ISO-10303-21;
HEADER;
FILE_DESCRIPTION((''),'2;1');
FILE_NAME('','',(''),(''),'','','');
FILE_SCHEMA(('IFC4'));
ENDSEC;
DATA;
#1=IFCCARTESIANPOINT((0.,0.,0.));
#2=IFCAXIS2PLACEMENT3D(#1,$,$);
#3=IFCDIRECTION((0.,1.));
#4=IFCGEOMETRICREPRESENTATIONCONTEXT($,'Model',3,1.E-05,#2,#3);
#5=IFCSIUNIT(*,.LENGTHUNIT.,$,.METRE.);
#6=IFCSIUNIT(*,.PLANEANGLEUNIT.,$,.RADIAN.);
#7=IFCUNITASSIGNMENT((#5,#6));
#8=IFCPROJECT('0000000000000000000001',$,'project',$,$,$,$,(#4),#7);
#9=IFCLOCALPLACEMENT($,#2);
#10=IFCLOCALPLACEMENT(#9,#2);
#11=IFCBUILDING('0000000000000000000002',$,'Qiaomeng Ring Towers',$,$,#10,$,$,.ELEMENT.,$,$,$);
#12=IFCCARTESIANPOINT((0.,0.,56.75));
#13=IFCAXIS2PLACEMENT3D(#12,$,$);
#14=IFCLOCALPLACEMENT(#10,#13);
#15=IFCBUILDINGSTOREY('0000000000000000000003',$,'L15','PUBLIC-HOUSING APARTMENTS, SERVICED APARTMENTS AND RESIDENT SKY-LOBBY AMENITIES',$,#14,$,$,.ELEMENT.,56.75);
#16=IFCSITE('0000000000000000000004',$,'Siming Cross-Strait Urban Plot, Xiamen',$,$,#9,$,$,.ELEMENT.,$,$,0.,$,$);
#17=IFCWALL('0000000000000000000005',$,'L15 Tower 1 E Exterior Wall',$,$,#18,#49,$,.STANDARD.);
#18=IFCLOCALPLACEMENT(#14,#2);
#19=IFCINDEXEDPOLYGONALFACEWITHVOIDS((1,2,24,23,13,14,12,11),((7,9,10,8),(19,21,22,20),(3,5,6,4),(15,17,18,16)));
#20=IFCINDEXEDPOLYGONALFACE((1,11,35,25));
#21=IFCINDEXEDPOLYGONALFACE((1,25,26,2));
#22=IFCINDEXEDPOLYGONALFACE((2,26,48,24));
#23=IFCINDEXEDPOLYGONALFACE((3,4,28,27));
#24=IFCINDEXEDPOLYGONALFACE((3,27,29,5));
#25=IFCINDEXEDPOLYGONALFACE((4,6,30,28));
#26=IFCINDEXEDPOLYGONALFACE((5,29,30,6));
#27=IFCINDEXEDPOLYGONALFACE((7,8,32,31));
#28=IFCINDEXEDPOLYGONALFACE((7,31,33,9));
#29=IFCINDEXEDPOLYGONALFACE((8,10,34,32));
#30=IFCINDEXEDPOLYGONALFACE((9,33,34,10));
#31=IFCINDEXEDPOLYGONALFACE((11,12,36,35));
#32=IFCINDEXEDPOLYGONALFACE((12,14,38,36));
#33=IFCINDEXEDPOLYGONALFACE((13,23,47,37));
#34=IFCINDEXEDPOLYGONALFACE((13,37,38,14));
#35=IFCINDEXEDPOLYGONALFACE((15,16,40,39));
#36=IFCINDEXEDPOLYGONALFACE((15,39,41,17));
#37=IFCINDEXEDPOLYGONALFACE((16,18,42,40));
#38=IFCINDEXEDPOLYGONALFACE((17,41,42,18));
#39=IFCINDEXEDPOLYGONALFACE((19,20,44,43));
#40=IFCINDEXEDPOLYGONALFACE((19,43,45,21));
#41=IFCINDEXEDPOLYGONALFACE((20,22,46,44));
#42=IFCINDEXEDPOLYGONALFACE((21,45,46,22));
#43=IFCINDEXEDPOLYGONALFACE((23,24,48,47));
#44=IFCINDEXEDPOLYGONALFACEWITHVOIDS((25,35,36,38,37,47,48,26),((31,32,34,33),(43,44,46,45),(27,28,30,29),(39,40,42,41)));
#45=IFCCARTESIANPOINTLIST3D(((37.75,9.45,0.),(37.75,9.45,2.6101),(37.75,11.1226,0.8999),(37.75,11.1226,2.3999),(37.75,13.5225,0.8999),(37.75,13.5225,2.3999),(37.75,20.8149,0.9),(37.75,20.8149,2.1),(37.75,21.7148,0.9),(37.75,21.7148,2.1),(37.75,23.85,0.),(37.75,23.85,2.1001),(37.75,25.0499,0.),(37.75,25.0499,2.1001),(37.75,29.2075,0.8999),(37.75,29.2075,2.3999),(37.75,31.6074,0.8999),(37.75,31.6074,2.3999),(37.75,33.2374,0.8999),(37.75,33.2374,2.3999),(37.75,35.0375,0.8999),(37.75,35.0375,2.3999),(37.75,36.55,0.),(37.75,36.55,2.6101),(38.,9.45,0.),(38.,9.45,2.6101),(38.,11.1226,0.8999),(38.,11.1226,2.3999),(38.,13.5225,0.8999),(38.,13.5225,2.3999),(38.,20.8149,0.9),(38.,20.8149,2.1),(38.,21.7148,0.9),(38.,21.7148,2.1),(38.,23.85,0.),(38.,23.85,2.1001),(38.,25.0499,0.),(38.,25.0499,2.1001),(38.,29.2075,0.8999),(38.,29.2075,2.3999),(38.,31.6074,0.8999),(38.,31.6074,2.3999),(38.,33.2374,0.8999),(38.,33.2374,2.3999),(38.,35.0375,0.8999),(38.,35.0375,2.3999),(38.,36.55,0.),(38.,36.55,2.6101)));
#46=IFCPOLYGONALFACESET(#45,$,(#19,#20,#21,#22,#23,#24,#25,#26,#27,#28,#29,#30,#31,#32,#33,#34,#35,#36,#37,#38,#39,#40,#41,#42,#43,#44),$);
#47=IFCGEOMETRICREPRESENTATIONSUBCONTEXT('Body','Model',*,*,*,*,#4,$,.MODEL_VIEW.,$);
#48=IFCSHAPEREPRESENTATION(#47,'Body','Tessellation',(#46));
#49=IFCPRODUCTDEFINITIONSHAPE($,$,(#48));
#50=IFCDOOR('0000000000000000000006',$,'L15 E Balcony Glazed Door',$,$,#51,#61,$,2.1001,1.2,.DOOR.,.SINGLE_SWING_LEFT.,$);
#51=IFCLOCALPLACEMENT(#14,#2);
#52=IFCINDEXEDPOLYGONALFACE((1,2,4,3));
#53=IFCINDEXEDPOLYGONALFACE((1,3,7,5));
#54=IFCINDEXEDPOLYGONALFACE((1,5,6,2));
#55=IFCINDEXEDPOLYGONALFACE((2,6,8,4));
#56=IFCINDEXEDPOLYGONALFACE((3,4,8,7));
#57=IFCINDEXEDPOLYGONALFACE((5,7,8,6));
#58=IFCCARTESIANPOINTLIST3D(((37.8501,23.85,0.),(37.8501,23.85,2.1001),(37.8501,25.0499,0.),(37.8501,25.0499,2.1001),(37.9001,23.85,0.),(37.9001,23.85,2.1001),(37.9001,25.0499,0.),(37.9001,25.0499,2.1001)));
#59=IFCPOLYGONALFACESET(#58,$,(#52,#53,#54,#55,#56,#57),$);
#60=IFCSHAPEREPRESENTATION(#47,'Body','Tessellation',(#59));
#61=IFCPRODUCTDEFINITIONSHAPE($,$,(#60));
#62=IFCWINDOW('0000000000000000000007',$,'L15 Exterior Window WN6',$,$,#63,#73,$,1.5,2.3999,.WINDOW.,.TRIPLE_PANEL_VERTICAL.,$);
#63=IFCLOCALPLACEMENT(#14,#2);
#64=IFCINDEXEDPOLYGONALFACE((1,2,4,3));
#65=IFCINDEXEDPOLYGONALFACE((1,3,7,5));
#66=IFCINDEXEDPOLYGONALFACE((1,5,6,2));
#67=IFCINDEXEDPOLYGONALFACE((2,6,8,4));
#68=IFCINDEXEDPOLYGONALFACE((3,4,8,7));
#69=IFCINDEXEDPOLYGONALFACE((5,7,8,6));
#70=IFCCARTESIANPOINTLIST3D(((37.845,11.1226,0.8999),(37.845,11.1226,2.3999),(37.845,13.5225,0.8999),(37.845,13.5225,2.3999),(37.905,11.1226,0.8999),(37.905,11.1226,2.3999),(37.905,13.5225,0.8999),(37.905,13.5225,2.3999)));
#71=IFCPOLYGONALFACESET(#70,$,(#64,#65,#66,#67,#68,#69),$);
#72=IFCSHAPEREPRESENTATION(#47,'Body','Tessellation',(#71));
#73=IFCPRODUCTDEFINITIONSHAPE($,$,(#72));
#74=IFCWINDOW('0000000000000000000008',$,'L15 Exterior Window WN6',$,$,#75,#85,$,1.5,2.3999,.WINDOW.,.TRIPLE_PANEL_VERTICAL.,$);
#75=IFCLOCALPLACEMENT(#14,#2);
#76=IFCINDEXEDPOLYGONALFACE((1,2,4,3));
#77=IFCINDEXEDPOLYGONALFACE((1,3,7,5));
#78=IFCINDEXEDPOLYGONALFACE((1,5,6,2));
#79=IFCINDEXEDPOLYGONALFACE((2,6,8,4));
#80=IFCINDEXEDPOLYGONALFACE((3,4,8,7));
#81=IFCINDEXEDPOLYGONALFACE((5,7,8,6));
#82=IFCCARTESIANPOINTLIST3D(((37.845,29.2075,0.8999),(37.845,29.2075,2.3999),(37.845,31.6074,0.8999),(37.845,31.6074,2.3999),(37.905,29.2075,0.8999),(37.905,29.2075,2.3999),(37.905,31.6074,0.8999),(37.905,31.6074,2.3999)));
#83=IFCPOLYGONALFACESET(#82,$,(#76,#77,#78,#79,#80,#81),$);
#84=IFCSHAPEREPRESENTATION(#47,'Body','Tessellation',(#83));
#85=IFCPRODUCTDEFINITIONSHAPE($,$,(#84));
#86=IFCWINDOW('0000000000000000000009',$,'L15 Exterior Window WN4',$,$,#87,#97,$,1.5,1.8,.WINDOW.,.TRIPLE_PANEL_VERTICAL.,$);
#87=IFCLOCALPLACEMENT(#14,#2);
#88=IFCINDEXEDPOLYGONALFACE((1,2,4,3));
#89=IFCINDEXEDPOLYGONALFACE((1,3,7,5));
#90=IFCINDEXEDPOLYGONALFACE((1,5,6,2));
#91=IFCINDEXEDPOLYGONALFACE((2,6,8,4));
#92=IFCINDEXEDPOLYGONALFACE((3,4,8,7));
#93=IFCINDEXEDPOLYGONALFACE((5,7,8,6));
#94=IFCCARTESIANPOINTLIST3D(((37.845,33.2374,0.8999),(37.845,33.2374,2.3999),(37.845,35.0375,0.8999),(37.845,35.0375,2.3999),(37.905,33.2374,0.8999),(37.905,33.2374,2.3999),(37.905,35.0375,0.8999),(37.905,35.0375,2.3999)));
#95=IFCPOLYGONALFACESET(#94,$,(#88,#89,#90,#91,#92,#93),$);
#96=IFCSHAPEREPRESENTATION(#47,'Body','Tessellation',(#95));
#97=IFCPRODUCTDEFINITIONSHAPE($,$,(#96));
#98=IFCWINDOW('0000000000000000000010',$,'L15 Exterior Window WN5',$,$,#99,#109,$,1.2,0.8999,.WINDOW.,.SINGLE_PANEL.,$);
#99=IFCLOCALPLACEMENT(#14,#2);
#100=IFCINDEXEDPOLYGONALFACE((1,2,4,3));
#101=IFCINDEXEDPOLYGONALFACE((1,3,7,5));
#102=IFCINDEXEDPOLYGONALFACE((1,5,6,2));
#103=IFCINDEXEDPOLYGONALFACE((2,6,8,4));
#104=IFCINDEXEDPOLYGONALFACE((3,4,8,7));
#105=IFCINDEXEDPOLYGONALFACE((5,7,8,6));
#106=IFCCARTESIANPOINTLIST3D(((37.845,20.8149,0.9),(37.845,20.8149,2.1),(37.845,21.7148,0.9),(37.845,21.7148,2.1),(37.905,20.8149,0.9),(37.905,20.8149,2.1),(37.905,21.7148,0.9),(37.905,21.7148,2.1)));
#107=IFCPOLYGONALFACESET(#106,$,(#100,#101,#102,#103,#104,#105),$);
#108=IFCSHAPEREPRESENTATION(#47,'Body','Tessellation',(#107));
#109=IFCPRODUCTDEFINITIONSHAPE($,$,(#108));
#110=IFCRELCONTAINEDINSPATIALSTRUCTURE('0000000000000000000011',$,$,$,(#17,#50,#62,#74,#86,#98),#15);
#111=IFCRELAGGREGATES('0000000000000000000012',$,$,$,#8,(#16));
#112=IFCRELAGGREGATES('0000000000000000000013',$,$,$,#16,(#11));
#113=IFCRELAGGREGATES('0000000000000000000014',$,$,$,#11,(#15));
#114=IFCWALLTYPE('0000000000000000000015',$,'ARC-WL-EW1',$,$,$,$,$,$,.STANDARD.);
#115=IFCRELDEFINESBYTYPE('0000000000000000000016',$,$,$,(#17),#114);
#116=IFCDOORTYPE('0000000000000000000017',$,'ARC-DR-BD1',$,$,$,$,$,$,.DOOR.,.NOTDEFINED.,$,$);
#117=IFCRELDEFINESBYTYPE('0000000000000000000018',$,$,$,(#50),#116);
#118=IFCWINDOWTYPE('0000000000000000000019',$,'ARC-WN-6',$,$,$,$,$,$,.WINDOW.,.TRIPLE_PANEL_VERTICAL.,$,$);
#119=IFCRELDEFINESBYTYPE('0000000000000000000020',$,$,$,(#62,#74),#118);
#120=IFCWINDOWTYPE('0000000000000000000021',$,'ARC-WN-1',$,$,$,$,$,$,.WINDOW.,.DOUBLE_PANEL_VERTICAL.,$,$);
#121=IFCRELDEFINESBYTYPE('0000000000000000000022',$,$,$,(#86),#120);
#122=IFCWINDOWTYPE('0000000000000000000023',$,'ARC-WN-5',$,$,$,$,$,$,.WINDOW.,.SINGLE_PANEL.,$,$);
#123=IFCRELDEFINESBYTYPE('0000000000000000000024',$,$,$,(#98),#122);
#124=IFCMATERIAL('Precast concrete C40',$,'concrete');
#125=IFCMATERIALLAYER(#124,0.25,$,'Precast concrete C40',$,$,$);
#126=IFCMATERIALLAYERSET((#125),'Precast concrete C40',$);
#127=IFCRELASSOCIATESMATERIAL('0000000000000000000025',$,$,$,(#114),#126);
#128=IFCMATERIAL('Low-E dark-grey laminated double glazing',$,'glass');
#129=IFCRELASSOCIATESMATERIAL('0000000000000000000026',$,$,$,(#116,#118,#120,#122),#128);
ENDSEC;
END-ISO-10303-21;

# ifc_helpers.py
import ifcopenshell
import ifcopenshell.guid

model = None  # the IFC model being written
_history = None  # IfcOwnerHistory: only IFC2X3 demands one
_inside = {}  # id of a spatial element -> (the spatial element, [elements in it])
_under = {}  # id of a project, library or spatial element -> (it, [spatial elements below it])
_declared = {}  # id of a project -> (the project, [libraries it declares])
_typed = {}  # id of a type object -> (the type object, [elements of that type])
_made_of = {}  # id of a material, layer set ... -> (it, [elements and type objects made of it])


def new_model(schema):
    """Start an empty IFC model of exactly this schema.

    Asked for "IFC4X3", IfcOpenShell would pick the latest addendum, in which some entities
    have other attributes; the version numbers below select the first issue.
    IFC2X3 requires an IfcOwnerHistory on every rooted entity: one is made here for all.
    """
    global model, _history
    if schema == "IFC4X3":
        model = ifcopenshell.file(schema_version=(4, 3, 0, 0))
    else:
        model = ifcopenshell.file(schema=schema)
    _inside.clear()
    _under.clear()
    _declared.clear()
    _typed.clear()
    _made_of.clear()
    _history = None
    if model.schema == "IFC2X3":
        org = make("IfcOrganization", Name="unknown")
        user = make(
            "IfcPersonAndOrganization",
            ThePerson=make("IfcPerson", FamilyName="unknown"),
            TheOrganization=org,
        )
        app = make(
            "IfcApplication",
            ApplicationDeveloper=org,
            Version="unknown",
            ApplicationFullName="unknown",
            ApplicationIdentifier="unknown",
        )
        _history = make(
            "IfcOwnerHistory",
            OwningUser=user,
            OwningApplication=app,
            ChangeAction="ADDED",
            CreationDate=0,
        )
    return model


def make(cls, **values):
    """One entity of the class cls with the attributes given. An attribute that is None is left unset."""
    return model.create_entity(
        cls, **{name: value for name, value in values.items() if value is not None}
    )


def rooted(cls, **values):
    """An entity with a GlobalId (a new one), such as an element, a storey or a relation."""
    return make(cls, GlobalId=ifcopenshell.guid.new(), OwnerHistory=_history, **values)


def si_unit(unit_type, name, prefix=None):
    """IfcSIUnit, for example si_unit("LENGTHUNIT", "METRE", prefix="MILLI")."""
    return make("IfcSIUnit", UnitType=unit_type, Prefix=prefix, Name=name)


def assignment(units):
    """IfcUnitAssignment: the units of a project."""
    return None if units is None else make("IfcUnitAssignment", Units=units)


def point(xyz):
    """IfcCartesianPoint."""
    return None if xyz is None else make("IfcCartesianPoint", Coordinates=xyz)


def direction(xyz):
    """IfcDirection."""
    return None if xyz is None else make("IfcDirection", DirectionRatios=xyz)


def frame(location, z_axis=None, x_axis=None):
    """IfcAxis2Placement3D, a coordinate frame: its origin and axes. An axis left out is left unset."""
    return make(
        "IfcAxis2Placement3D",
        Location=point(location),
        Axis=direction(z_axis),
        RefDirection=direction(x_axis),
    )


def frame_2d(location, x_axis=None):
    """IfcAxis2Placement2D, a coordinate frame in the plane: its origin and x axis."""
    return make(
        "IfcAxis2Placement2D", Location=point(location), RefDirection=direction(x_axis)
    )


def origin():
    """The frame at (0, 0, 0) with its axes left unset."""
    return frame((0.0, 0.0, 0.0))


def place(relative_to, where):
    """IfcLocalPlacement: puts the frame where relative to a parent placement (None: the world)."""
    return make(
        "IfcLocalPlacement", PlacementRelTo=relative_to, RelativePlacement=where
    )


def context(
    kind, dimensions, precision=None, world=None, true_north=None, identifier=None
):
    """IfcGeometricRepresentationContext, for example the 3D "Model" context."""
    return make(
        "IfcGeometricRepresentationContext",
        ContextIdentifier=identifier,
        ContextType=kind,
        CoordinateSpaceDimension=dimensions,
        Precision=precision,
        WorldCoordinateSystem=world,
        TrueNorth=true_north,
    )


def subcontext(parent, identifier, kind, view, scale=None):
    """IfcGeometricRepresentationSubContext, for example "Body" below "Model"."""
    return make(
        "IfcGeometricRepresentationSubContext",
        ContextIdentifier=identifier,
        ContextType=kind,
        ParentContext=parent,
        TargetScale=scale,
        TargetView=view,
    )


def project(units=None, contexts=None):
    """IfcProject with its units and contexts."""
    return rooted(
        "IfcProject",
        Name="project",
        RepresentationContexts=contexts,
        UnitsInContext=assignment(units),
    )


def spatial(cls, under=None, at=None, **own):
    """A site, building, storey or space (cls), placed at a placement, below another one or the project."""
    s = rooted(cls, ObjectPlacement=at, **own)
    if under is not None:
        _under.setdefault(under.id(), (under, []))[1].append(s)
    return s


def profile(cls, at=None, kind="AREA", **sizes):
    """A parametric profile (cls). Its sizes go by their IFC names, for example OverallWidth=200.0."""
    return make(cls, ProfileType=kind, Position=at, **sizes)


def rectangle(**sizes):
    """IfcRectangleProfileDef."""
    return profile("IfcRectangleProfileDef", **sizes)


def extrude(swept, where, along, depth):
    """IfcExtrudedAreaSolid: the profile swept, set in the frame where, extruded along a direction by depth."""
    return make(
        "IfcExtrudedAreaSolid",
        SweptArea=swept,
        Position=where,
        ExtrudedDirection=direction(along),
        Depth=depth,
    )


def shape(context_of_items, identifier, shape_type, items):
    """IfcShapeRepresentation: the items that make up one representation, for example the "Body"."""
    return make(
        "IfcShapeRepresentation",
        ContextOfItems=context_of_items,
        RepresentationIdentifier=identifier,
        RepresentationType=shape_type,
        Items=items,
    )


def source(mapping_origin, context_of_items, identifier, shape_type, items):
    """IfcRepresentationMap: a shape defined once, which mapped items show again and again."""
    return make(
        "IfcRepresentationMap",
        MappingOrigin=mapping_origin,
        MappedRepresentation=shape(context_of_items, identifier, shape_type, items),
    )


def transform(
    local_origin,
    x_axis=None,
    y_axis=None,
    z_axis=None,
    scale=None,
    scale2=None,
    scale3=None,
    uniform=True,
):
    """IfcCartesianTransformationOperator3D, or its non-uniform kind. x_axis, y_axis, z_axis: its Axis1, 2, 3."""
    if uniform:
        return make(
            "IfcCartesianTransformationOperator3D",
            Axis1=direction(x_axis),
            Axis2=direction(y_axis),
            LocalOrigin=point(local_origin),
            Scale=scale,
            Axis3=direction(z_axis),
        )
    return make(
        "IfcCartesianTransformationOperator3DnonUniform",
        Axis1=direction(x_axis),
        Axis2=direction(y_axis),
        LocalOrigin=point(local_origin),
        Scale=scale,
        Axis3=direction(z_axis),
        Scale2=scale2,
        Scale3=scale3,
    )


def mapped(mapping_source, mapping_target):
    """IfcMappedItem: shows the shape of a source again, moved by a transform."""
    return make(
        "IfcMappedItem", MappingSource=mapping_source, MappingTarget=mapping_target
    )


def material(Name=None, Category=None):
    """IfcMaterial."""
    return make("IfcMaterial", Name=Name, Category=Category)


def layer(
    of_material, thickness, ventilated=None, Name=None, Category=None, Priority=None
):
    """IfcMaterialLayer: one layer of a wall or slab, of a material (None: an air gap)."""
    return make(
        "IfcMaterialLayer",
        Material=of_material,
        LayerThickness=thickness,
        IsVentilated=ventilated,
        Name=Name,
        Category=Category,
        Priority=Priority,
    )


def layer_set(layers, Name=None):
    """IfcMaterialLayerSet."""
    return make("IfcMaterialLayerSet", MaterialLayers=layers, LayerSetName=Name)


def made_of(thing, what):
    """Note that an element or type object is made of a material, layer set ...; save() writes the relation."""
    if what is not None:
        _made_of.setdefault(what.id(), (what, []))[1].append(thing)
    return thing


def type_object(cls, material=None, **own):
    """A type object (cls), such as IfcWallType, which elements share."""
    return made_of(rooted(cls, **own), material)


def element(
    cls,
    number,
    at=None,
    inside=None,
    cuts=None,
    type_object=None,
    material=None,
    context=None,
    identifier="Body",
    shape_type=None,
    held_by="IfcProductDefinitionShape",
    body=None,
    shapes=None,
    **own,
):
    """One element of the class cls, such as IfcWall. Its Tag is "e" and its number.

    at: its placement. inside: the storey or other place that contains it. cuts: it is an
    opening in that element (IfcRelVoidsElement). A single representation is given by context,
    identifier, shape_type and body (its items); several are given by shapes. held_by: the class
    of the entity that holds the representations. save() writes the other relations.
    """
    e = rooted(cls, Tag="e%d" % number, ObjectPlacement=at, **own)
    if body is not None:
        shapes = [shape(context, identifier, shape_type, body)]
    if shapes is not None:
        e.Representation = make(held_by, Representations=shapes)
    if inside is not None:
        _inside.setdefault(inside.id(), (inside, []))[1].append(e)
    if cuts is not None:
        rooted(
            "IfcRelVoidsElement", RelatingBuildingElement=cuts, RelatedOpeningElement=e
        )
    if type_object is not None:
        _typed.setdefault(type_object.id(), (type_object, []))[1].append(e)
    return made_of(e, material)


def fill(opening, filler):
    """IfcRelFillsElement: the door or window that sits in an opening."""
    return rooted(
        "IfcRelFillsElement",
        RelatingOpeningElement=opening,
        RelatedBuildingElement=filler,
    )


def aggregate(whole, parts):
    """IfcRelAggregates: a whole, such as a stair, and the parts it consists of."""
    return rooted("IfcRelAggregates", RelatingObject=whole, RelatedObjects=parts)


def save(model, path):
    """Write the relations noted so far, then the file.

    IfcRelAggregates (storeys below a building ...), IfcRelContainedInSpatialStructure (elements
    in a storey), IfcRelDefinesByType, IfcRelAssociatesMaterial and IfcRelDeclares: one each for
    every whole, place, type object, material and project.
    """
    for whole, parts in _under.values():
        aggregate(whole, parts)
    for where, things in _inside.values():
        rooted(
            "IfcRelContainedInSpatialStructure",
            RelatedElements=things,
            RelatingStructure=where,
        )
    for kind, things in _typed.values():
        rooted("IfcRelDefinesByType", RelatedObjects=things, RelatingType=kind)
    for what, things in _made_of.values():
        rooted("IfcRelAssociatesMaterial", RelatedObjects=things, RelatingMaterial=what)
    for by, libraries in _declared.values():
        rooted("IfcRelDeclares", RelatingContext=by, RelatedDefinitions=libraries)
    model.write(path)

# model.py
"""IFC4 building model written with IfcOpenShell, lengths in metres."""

from ifc_helpers import new_model, si_unit, direction, frame, frame_2d, origin, place, context, subcontext, project, spatial, rectangle, extrude, source, transform, mapped, material, layer, layer_set, type_object, element, fill, save


model = new_model("IFC4")

# Units and contexts
model_context = context("Model", 3, precision=1e-05, world=origin(), true_north=direction((0.0, 1.0)))
body_context = subcontext(model_context, "Body", "Model", "MODEL_VIEW")
ifc_project = project(units=[si_unit("LENGTHUNIT", "METRE"), si_unit("PLANEANGLEUNIT", "RADIAN")], contexts=[model_context])

# Site, building, storey
site_placement = place(None, origin())
site = spatial("IfcSite", under=ifc_project, at=site_placement, Name="Siming Cross-Strait Urban Plot, Xiamen", CompositionType="ELEMENT", RefElevation=0.0)
building_placement = place(site_placement, origin())
building = spatial("IfcBuilding", under=site, at=building_placement, Name="Qiaomeng Ring Towers", CompositionType="ELEMENT")
storey_placement = place(building_placement, frame((0.0, 0.0, 56.75)))
storey = spatial("IfcBuildingStorey", under=building, at=storey_placement, Name="L15", Description="PUBLIC-HOUSING APARTMENTS, SERVICED APARTMENTS AND RESIDENT SKY-LOBBY AMENITIES", CompositionType="ELEMENT", Elevation=56.75)

# Shared definitions
ifc_material_1 = material(Name="Low-E dark-grey laminated double glazing", Category="glass")

# Wall, openings, door, windows
ifc_material_2 = material(Name="Precast concrete C40", Category="concrete")
ifc_layer_1 = layer(ifc_material_2, 0.25, Name="Precast concrete C40")
ifc_layer_set_1 = layer_set([ifc_layer_1], Name="Precast concrete C40")
wall_type_1 = type_object("IfcWallType", Name="ARC-WL-EW1", PredefinedType="STANDARD", material=ifc_layer_set_1)
wall_1_placement = place(storey_placement, frame((37.875, 9.45, 0.0), z_axis=(0.0, 0.0, 1.0), x_axis=(0.0, 1.0, 0.0)))
wall_1 = element("IfcWall", 1, at=wall_1_placement, inside=storey, type_object=wall_type_1, Name="L15 Tower 1 E Exterior Wall", PredefinedType="STANDARD", context=body_context, shape_type="SweptSolid", body=[
    extrude(rectangle(XDim=27.1001, YDim=0.25, at=frame_2d((13.55, 0.0))), origin(), (0.0, 0.0, 1.0), 2.6101),
])
opening_1_placement = place(wall_1_placement, frame((14.3999, 0.0, 0.0)))
opening_1 = element("IfcOpeningElement", 2, at=opening_1_placement, cuts=wall_1, PredefinedType="OPENING", context=body_context, shape_type="SweptSolid", body=[
    extrude(rectangle(XDim=1.2, YDim=2.1001, at=frame_2d((0.6001, 1.05))), frame((0.0, 0.135, 0.0), z_axis=(0.0, -1.0, 0.0), x_axis=(1.0, 0.0, 0.0)), (0.0, 0.0, 1.0), 0.27),
])
opening_2_placement = place(wall_1_placement, frame((1.6726, 0.0, 0.8999)))
opening_2 = element("IfcOpeningElement", 3, at=opening_2_placement, cuts=wall_1, PredefinedType="OPENING", context=body_context, shape_type="SweptSolid", body=[
    extrude(rectangle(XDim=2.3999, YDim=1.5, at=frame_2d((1.2, 0.75))), frame((0.0, 0.135, 0.0), z_axis=(0.0, -1.0, 0.0), x_axis=(1.0, 0.0, 0.0)), (0.0, 0.0, 1.0), 0.27),
])
opening_3_placement = place(wall_1_placement, frame((23.7876, 0.0, 0.8999)))
opening_3 = element("IfcOpeningElement", 4, at=opening_3_placement, cuts=wall_1, PredefinedType="OPENING", context=body_context, shape_type="SweptSolid", body=[
    extrude(rectangle(XDim=1.8, YDim=1.5, at=frame_2d((0.8999, 0.75))), frame((0.0, 0.135, 0.0), z_axis=(0.0, -1.0, 0.0), x_axis=(1.0, 0.0, 0.0)), (0.0, 0.0, 1.0), 0.27),
])
opening_4_placement = place(wall_1_placement, frame((19.7576, 0.0, 0.8999)))
opening_4 = element("IfcOpeningElement", 5, at=opening_4_placement, cuts=wall_1, PredefinedType="OPENING", context=body_context, shape_type="SweptSolid", body=[
    extrude(rectangle(XDim=2.3999, YDim=1.5, at=frame_2d((1.2, 0.75))), frame((0.0, 0.135, 0.0), z_axis=(0.0, -1.0, 0.0), x_axis=(1.0, 0.0, 0.0)), (0.0, 0.0, 1.0), 0.27),
])
opening_5_placement = place(wall_1_placement, frame((11.365, 0.0, 0.8999)))
opening_5 = element("IfcOpeningElement", 6, at=opening_5_placement, cuts=wall_1, PredefinedType="OPENING", context=body_context, shape_type="SweptSolid", body=[
    extrude(rectangle(XDim=0.8999, YDim=1.2, at=frame_2d((0.45, 0.6001))), frame((0.0, 0.135, 0.0), z_axis=(0.0, -1.0, 0.0), x_axis=(1.0, 0.0, 0.0)), (0.0, 0.0, 1.0), 0.27),
])
door_type_1 = type_object("IfcDoorType", Name="ARC-DR-BD1", OperationType="NOTDEFINED", PredefinedType="DOOR", material=ifc_material_1)
shared_shape_1 = source(origin(), body_context, "Body", "SweptSolid", [
    extrude(rectangle(XDim=1.2, YDim=2.1001, at=frame_2d((0.6001, 1.05))), frame((0.0, 0.0249, 0.0), z_axis=(0.0, -1.0, 0.0), x_axis=(1.0, 0.0, 0.0)), (0.0, 0.0, 1.0), 0.05),
])
door_1_placement = place(opening_1_placement, origin())
door_1 = element("IfcDoor", 7, at=door_1_placement, inside=storey, type_object=door_type_1, Name="L15 E Balcony Glazed Door", OperationType="SINGLE_SWING_LEFT", OverallHeight=2.1001, OverallWidth=1.2, PredefinedType="DOOR", context=body_context, shape_type="MappedRepresentation", body=[
    mapped(shared_shape_1, transform((0.0, 0.0, 0.0), x_axis=(1.0, 0.0, 0.0), y_axis=(0.0, 1.0, 0.0), z_axis=(0.0, 0.0, 1.0), scale=1.0)),
])
fill(opening_1, door_1)
window_type_1 = type_object("IfcWindowType", Name="ARC-WN-6", PartitioningType="TRIPLE_PANEL_VERTICAL", PredefinedType="WINDOW", material=ifc_material_1)
shared_shape_2 = source(origin(), body_context, "Body", "SweptSolid", [
    extrude(rectangle(XDim=2.3999, YDim=1.5, at=frame_2d((1.2, 0.75))), frame((0.0, 0.03, 0.0), z_axis=(0.0, -1.0, 0.0), x_axis=(1.0, 0.0, 0.0)), (0.0, 0.0, 1.0), 0.0601),
])
window_1_placement = place(opening_2_placement, origin())
window_1 = element("IfcWindow", 8, at=window_1_placement, inside=storey, type_object=window_type_1, Name="L15 Exterior Window WN6", OverallHeight=1.5, OverallWidth=2.3999, PartitioningType="TRIPLE_PANEL_VERTICAL", PredefinedType="WINDOW", context=body_context, shape_type="MappedRepresentation", body=[
    mapped(shared_shape_2, transform((0.0, 0.0, 0.0), x_axis=(1.0, 0.0, 0.0), y_axis=(0.0, 1.0, 0.0), z_axis=(0.0, 0.0, 1.0), scale=1.0)),
])
fill(opening_2, window_1)
window_2_placement = place(opening_4_placement, origin())
window_2 = element("IfcWindow", 9, at=window_2_placement, inside=storey, type_object=window_type_1, Name="L15 Exterior Window WN6", OverallHeight=1.5, OverallWidth=2.3999, PartitioningType="TRIPLE_PANEL_VERTICAL", PredefinedType="WINDOW", context=body_context, shape_type="MappedRepresentation", body=[
    mapped(shared_shape_2, transform((0.0, 0.0, 0.0), x_axis=(1.0, 0.0, 0.0), y_axis=(0.0, 1.0, 0.0), z_axis=(0.0, 0.0, 1.0), scale=1.0)),
])
fill(opening_4, window_2)
window_type_2 = type_object("IfcWindowType", Name="ARC-WN-1", PartitioningType="DOUBLE_PANEL_VERTICAL", PredefinedType="WINDOW", material=ifc_material_1)
shared_shape_3 = source(origin(), body_context, "Body", "SweptSolid", [
    extrude(rectangle(XDim=1.8, YDim=1.5, at=frame_2d((0.8999, 0.75))), frame((0.0, 0.03, 0.0), z_axis=(0.0, -1.0, 0.0), x_axis=(1.0, 0.0, 0.0)), (0.0, 0.0, 1.0), 0.0601),
])
window_3_placement = place(opening_3_placement, origin())
window_3 = element("IfcWindow", 10, at=window_3_placement, inside=storey, type_object=window_type_2, Name="L15 Exterior Window WN4", OverallHeight=1.5, OverallWidth=1.8, PartitioningType="TRIPLE_PANEL_VERTICAL", PredefinedType="WINDOW", context=body_context, shape_type="MappedRepresentation", body=[
    mapped(shared_shape_3, transform((0.0, 0.0, 0.0), x_axis=(1.0, 0.0, 0.0), y_axis=(0.0, 1.0, 0.0), z_axis=(0.0, 0.0, 1.0), scale=1.0)),
])
fill(opening_3, window_3)
window_type_3 = type_object("IfcWindowType", Name="ARC-WN-5", PartitioningType="SINGLE_PANEL", PredefinedType="WINDOW", material=ifc_material_1)
shared_shape_4 = source(origin(), body_context, "Body", "SweptSolid", [
    extrude(rectangle(XDim=0.8999, YDim=1.2, at=frame_2d((0.45, 0.6001))), frame((0.0, 0.03, 0.0), z_axis=(0.0, -1.0, 0.0), x_axis=(1.0, 0.0, 0.0)), (0.0, 0.0, 1.0), 0.0601),
])
window_4_placement = place(opening_5_placement, origin())
window_4 = element("IfcWindow", 11, at=window_4_placement, inside=storey, type_object=window_type_3, Name="L15 Exterior Window WN5", OverallHeight=1.2, OverallWidth=0.8999, PartitioningType="SINGLE_PANEL", PredefinedType="WINDOW", context=body_context, shape_type="MappedRepresentation", body=[
    mapped(shared_shape_4, transform((0.0, 0.0, 0.0), x_axis=(1.0, 0.0, 0.0), y_axis=(0.0, 1.0, 0.0), z_axis=(0.0, 0.0, 1.0), scale=1.0)),
])
fill(opening_5, window_4)

save(model, "model.ifc")
